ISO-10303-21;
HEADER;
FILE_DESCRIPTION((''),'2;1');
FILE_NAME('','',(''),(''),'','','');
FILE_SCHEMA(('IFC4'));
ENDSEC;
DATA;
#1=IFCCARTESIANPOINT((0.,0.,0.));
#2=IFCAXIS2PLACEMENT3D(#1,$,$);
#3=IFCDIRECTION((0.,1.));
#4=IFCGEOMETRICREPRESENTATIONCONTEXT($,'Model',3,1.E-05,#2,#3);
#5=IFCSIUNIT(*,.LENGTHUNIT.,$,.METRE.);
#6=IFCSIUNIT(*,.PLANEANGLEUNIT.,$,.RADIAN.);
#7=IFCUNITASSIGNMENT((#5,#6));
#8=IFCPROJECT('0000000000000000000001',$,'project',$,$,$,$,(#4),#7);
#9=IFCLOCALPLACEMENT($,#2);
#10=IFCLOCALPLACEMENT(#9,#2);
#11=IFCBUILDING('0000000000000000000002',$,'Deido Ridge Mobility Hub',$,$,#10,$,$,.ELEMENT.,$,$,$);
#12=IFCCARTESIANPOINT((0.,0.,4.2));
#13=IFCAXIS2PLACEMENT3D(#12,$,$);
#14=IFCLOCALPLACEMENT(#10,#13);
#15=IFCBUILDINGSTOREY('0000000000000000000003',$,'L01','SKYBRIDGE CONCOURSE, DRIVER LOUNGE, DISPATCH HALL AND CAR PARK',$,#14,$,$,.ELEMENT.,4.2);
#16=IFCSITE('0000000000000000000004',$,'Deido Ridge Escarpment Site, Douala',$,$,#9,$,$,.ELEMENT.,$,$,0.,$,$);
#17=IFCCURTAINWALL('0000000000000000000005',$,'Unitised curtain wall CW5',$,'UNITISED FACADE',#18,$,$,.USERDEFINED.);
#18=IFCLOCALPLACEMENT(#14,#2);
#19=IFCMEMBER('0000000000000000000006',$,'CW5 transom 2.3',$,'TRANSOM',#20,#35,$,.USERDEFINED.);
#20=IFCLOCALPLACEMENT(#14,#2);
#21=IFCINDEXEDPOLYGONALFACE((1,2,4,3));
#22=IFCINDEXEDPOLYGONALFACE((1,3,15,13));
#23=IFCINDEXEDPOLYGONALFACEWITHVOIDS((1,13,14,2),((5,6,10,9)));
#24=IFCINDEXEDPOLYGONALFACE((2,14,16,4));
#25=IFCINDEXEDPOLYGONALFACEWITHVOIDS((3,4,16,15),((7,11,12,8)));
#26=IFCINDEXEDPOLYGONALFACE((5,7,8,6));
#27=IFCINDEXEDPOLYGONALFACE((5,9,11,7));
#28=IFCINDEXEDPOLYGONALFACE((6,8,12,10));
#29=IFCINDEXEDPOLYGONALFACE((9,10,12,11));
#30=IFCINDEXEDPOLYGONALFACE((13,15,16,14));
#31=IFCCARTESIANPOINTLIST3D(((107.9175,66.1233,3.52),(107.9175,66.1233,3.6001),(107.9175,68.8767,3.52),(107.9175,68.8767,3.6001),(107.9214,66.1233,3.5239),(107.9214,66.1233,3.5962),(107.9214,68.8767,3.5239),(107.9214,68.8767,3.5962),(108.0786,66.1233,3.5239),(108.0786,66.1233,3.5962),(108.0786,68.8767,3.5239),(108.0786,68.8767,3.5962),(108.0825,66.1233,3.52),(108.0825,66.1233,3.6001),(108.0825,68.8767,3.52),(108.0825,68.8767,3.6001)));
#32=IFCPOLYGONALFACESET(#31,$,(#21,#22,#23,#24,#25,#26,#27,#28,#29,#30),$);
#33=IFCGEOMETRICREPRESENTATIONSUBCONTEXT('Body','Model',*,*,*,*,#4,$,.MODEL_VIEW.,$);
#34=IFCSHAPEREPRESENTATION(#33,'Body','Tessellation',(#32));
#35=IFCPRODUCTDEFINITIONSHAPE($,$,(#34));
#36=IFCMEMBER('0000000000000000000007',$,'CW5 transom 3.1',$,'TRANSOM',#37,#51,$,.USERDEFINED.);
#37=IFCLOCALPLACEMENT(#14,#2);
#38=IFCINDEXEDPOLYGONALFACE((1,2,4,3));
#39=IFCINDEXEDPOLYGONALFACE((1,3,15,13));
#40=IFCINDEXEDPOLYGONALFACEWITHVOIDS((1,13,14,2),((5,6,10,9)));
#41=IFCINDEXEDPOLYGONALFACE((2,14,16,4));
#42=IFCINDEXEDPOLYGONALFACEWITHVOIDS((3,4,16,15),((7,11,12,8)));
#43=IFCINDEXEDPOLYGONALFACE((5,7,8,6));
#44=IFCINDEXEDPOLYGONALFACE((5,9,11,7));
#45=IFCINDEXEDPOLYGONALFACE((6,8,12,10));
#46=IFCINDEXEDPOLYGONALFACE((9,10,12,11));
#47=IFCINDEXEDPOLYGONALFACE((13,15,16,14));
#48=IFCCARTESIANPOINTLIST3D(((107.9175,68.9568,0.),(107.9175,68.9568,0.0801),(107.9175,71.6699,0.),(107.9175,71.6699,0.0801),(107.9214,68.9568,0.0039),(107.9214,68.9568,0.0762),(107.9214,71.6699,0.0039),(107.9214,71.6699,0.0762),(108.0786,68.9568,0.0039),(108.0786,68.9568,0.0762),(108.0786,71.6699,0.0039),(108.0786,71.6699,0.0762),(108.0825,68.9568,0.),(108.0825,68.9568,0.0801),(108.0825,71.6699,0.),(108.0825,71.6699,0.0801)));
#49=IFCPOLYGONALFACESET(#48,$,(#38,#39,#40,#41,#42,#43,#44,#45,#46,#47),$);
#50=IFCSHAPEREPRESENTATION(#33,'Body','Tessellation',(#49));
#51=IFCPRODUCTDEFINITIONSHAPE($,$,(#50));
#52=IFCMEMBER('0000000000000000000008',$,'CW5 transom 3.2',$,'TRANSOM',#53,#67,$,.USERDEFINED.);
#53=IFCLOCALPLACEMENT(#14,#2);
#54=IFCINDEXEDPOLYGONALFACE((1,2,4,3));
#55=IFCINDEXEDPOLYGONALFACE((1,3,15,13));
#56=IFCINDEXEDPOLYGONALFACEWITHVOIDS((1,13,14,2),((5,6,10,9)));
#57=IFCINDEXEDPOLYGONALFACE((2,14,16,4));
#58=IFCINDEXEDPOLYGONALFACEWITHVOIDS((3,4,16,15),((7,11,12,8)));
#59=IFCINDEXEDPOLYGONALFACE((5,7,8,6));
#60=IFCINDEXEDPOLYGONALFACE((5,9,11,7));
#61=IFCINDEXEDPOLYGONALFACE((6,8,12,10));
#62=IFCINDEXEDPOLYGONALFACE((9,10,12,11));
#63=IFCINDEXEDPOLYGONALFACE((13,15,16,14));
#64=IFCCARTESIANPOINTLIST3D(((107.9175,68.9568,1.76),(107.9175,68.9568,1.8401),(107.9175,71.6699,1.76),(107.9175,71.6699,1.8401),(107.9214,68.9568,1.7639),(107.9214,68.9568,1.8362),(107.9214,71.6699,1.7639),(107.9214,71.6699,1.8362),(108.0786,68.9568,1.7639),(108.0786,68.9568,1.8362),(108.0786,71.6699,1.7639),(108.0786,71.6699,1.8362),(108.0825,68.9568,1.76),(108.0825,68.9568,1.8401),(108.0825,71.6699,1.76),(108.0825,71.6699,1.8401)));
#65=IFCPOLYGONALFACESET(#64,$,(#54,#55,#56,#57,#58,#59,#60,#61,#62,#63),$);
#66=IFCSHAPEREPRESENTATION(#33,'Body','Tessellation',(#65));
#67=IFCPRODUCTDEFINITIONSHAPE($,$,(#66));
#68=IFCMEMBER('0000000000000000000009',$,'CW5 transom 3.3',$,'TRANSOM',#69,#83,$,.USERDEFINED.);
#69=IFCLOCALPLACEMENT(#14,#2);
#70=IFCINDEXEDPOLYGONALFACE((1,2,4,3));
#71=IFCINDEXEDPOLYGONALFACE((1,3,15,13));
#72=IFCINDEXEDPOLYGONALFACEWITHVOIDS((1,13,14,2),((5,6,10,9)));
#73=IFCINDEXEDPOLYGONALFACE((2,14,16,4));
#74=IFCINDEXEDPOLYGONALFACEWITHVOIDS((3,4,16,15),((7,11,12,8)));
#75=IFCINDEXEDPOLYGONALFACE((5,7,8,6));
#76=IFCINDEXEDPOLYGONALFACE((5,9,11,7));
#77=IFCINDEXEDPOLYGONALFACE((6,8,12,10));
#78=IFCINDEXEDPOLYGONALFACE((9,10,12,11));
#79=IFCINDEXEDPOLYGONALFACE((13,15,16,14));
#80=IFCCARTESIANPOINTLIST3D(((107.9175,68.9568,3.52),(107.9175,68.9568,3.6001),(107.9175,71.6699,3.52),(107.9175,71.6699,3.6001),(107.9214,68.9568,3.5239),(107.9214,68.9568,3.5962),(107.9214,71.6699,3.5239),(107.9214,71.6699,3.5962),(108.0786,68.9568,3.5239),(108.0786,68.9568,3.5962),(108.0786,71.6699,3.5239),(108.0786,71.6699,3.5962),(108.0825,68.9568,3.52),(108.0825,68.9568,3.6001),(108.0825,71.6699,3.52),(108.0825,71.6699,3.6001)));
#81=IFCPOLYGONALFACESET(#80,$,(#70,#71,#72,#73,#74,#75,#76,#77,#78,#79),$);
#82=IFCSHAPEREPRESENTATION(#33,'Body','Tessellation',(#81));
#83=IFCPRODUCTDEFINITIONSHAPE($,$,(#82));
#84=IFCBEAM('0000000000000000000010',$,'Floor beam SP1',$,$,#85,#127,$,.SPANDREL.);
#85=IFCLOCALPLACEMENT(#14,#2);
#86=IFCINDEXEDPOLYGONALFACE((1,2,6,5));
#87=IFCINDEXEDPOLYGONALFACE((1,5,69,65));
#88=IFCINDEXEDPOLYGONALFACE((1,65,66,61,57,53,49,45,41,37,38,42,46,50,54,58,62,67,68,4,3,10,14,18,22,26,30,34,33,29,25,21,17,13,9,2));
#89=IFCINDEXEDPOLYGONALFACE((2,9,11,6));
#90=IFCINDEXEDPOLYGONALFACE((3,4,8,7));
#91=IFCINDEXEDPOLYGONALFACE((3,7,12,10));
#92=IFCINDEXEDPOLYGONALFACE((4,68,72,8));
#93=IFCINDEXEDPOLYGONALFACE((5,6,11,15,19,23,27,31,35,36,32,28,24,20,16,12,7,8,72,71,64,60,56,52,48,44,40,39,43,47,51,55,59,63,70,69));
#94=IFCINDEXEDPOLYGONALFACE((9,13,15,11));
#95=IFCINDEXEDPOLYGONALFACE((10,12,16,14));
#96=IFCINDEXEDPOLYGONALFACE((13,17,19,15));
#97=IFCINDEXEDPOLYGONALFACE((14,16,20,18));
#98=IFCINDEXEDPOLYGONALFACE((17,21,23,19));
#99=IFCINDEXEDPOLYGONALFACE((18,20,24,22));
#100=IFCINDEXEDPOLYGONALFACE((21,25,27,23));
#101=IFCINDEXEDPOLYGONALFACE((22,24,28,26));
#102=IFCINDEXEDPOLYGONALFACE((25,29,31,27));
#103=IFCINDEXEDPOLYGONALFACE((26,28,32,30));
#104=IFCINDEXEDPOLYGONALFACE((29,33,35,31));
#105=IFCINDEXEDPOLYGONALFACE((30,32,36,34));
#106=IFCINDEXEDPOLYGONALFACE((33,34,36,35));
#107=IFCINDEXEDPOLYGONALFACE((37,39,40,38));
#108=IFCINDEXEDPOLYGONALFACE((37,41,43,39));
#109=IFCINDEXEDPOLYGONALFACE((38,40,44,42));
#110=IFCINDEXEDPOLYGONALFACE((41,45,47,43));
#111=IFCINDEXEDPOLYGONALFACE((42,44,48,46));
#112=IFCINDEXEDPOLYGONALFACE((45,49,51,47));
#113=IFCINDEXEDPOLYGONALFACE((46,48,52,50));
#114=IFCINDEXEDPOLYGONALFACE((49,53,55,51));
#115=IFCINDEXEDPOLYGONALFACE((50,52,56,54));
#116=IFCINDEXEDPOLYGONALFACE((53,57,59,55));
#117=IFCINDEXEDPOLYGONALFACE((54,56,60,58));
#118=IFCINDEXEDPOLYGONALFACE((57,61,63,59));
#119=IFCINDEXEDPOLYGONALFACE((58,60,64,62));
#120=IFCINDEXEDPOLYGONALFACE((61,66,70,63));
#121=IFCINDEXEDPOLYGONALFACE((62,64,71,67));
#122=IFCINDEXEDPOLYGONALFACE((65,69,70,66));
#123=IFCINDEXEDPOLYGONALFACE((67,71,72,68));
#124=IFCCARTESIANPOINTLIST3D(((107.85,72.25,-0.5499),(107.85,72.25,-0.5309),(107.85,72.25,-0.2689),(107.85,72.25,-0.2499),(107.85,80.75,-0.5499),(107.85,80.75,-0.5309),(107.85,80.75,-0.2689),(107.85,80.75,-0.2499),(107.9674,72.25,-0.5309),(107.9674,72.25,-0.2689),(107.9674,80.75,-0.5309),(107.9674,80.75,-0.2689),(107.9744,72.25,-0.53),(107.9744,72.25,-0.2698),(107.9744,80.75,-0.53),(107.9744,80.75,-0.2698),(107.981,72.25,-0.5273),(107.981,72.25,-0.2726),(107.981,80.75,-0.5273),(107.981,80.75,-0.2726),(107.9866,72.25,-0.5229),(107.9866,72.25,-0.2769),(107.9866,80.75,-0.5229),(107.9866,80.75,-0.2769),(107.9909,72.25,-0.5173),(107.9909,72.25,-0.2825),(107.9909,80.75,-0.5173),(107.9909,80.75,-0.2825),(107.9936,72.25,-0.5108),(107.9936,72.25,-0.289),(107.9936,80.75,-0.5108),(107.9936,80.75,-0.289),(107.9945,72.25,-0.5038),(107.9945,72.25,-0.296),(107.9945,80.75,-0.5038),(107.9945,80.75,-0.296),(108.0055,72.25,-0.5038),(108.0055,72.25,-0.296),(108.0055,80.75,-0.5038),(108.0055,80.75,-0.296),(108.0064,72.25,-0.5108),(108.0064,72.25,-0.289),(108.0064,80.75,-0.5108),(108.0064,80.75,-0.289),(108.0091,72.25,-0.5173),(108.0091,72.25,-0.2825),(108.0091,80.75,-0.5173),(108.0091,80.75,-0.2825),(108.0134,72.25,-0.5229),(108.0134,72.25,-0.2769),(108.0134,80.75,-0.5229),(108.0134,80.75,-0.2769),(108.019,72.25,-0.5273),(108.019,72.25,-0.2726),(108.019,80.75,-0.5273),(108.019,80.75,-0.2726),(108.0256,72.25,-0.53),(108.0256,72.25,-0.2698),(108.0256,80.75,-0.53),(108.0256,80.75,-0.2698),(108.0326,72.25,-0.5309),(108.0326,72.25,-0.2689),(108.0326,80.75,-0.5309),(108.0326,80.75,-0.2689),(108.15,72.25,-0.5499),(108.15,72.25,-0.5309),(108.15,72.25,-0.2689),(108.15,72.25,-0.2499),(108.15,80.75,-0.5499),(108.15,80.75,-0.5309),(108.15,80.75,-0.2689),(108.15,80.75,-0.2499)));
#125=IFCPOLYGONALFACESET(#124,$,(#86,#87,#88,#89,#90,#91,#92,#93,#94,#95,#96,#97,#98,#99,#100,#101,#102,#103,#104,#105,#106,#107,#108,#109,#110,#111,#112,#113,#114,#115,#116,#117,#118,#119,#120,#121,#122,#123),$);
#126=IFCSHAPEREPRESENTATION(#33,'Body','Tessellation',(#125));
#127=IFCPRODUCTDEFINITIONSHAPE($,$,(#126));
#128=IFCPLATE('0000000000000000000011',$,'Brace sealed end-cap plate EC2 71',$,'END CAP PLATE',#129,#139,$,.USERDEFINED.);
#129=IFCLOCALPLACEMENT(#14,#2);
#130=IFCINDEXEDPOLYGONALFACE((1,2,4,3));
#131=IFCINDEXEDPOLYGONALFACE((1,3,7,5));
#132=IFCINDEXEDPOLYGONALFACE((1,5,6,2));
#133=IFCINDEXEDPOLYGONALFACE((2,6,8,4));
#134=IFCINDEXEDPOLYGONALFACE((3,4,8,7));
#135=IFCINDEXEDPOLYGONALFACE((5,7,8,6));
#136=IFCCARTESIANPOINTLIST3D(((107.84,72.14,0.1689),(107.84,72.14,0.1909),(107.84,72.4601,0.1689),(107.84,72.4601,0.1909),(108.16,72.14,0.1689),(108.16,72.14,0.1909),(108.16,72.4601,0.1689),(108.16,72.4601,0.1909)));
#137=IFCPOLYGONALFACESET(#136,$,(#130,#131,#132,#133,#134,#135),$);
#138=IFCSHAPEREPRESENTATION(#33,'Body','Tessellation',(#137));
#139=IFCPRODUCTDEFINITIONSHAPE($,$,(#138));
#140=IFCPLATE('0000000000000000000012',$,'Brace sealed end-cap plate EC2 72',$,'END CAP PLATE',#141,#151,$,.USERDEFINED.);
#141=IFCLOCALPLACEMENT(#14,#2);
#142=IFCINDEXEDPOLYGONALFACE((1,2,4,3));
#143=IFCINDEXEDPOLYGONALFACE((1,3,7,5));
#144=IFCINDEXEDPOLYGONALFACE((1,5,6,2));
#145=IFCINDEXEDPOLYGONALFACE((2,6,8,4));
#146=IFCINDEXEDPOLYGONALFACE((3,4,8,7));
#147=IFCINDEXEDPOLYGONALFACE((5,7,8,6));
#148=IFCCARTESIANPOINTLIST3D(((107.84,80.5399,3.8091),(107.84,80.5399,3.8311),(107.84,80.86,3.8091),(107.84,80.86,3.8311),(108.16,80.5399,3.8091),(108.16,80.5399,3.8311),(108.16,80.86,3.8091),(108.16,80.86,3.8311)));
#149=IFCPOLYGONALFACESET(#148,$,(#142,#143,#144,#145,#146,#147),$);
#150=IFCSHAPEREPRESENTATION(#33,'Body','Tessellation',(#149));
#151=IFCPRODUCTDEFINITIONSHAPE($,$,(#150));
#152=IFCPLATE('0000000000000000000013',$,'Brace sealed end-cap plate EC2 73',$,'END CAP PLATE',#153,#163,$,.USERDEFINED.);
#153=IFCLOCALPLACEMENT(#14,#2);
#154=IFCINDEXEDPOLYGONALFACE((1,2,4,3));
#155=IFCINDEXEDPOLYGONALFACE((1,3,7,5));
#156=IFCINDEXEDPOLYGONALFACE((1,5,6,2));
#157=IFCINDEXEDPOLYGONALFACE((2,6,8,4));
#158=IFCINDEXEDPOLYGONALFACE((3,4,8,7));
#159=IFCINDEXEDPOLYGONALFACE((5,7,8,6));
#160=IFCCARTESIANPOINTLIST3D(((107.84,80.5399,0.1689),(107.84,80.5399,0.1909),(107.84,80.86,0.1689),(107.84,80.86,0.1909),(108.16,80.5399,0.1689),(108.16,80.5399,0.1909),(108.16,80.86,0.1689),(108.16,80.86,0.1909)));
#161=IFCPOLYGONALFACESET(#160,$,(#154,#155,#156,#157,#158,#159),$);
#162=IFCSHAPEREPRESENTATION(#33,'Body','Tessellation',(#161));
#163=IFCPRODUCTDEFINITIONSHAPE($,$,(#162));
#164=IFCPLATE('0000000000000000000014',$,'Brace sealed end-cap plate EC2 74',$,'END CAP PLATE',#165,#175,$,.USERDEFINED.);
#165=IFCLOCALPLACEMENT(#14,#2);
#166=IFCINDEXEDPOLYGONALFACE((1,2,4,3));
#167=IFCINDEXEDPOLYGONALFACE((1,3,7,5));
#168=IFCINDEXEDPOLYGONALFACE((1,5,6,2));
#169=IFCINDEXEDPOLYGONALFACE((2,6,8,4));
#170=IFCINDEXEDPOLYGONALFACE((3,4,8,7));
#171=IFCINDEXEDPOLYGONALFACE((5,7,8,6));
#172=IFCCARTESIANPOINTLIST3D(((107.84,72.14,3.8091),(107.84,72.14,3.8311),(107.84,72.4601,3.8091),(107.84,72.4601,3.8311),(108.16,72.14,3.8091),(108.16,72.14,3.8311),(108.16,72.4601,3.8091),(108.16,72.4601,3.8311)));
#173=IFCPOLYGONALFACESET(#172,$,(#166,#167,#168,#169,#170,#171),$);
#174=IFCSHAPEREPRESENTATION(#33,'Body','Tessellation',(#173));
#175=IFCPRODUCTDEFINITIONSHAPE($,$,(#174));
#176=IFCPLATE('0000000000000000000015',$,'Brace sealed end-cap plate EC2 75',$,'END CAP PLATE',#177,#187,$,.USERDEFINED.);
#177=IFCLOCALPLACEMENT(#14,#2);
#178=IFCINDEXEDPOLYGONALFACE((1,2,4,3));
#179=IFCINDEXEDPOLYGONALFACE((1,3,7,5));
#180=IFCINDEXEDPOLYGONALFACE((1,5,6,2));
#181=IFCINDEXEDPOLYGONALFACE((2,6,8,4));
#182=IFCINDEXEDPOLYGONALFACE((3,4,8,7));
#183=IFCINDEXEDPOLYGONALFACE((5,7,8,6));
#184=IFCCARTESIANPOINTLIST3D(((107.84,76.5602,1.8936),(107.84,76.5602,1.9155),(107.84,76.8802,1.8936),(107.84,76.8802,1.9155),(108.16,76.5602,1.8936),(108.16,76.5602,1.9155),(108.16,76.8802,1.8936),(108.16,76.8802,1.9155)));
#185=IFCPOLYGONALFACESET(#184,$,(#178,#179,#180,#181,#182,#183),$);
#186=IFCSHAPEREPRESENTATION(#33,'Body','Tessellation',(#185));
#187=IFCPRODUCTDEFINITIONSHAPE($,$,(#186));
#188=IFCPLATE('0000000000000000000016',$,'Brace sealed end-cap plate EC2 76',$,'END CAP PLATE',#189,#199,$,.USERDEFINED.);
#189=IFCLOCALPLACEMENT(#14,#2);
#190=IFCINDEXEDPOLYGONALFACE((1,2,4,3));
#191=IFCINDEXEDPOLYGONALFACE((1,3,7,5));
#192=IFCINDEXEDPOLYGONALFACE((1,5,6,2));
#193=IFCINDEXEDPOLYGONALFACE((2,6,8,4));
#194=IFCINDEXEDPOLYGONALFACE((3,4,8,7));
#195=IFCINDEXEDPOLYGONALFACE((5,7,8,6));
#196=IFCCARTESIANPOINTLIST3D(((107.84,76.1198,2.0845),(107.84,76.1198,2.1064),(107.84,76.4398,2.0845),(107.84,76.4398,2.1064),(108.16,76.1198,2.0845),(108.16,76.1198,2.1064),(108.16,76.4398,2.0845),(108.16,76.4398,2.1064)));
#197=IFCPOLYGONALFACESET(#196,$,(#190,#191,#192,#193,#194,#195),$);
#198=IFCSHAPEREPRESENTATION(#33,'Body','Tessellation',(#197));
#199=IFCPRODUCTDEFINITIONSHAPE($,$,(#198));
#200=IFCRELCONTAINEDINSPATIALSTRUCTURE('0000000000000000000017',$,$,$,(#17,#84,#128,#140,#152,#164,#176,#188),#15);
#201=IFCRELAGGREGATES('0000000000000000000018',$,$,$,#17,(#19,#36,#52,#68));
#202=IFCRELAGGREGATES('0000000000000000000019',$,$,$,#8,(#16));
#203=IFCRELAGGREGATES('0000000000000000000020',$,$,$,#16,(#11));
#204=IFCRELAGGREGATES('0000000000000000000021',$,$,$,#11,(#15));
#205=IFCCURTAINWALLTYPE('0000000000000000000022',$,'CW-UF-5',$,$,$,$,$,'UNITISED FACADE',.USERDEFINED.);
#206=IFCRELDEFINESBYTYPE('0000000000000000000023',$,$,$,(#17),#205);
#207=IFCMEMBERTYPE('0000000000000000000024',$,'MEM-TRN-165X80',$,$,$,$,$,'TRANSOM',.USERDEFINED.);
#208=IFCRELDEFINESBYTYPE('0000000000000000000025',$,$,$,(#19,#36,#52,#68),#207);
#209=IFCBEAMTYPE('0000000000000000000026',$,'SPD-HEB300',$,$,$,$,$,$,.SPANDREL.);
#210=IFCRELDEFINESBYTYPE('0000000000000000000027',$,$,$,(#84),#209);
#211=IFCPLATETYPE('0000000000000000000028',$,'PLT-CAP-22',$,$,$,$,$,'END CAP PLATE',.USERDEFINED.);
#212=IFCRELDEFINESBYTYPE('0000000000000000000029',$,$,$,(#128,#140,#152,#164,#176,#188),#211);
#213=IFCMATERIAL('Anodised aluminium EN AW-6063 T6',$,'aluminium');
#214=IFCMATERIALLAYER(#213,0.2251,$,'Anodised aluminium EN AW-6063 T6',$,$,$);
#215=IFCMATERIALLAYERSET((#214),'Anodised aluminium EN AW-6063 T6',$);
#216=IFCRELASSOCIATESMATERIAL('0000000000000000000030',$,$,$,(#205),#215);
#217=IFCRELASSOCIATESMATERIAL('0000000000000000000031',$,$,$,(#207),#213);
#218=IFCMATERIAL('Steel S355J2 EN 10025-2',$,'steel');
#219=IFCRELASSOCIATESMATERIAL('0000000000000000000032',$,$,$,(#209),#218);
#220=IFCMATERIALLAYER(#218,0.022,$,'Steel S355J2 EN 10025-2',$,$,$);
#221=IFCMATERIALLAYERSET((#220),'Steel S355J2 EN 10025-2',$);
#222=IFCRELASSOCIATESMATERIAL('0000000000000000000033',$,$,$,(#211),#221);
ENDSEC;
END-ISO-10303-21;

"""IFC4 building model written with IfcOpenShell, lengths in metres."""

from ifc_helpers import new_model, si_unit, direction, frame, origin, origin_2d, place, context, subcontext, project, spatial, rectangle, hollow_rectangle, i_section, extrude, material, layer, layer_set, material_profile, profile_set, type_object, element, aggregate, save


model = new_model("IFC4")

# Units and contexts
model_context = context("Model", 3, precision=1e-05, world=origin(), true_north=direction((0.0, 1.0)))
body_context = subcontext(model_context, "Body", "Model", "MODEL_VIEW")
ifc_project = project(units=[si_unit("LENGTHUNIT", "METRE"), si_unit("PLANEANGLEUNIT", "RADIAN")], contexts=[model_context])

# Site, building, storey
site_placement = place(None, origin())
site = spatial("IfcSite", under=ifc_project, at=site_placement, Name="Deido Ridge Escarpment Site, Douala", CompositionType="ELEMENT", RefElevation=0.0)
building_placement = place(site_placement, origin())
building = spatial("IfcBuilding", under=site, at=building_placement, Name="Deido Ridge Mobility Hub", CompositionType="ELEMENT")
storey_placement = place(building_placement, frame((0.0, 0.0, 4.2)))
storey = spatial("IfcBuildingStorey", under=building, at=storey_placement, Name="L01", Description="SKYBRIDGE CONCOURSE, DRIVER LOUNGE, DISPATCH HALL AND CAR PARK", CompositionType="ELEMENT", Elevation=4.2)

# Shared definitions
ifc_material_1 = material(Name="Steel S355J2 EN 10025-2", Category="steel")

# Curtain wall, members
ifc_material_2 = material(Name="Anodised aluminium EN AW-6063 T6", Category="aluminium")
ifc_layer_1 = layer(ifc_material_2, 0.2251, Name="Anodised aluminium EN AW-6063 T6")
ifc_layer_set_1 = layer_set([ifc_layer_1], Name="Anodised aluminium EN AW-6063 T6")
curtain_wall_type = type_object("IfcCurtainWallType", Name="CW-UF-5", ElementType="UNITISED FACADE", PredefinedType="USERDEFINED", material=ifc_layer_set_1)
curtain_wall_placement = place(storey_placement, origin())
curtain_wall = element("IfcCurtainWall", 1, at=curtain_wall_placement, inside=storey, type_object=curtain_wall_type, Name="Unitised curtain wall CW5", ObjectType="UNITISED FACADE", PredefinedType="USERDEFINED")
ifc_material_profile_1 = material_profile(ifc_material_2, hollow_rectangle(XDim=0.165, YDim=0.0801, WallThickness=0.0039, at=origin_2d()), Name="RHS 165x80x4")
ifc_profile_set_1 = profile_set([ifc_material_profile_1], Name="Anodised aluminium EN AW-6063 T6")
member_type_1 = type_object("IfcMemberType", Name="MEM-TRN-165X80", ElementType="TRANSOM", PredefinedType="USERDEFINED", material=ifc_profile_set_1)
member_1_placement = place(storey_placement, frame((108.0, 66.1233, 3.5601), z_axis=(0.0, 1.0, 0.0), x_axis=(-1.0, 0.0, 0.0)))
member_1 = element("IfcMember", 2, at=member_1_placement, type_object=member_type_1, Name="CW5 transom 2.3", ObjectType="TRANSOM", PredefinedType="USERDEFINED", context=body_context, shape_type="SweptSolid", body=[
    extrude(hollow_rectangle(XDim=0.165, YDim=0.0801, WallThickness=0.0039, at=origin_2d()), origin(), (0.0, 0.0, 1.0), 2.7534),
])
member_2_placement = place(storey_placement, frame((108.0, 68.9568, 0.04), z_axis=(0.0, 1.0, 0.0), x_axis=(-1.0, 0.0, 0.0)))
member_2 = element("IfcMember", 3, at=member_2_placement, type_object=member_type_1, Name="CW5 transom 3.1", ObjectType="TRANSOM", PredefinedType="USERDEFINED", context=body_context, shape_type="SweptSolid", body=[
    extrude(hollow_rectangle(XDim=0.165, YDim=0.0801, WallThickness=0.0039, at=origin_2d()), origin(), (0.0, 0.0, 1.0), 2.7131),
])
member_3_placement = place(storey_placement, frame((108.0, 68.9568, 1.8), z_axis=(0.0, 1.0, 0.0), x_axis=(-1.0, 0.0, 0.0)))
member_3 = element("IfcMember", 4, at=member_3_placement, type_object=member_type_1, Name="CW5 transom 3.2", ObjectType="TRANSOM", PredefinedType="USERDEFINED", context=body_context, shape_type="SweptSolid", body=[
    extrude(hollow_rectangle(XDim=0.165, YDim=0.0801, WallThickness=0.0039, at=origin_2d()), origin(), (0.0, 0.0, 1.0), 2.7131),
])
member_4_placement = place(storey_placement, frame((108.0, 68.9568, 3.5601), z_axis=(0.0, 1.0, 0.0), x_axis=(-1.0, 0.0, 0.0)))
member_4 = element("IfcMember", 5, at=member_4_placement, type_object=member_type_1, Name="CW5 transom 3.3", ObjectType="TRANSOM", PredefinedType="USERDEFINED", context=body_context, shape_type="SweptSolid", body=[
    extrude(hollow_rectangle(XDim=0.165, YDim=0.0801, WallThickness=0.0039, at=origin_2d()), origin(), (0.0, 0.0, 1.0), 2.7131),
])

# Beam
ifc_material_profile_2 = material_profile(ifc_material_1, i_section(OverallWidth=0.3, OverallDepth=0.3, WebThickness=0.011, FlangeThickness=0.019, FilletRadius=0.0271, at=origin_2d()), Name="HEB 300")
ifc_profile_set_2 = profile_set([ifc_material_profile_2], Name="Steel S355J2 EN 10025-2")
beam_type = type_object("IfcBeamType", Name="SPD-HEB300", PredefinedType="SPANDREL", material=ifc_profile_set_2)
beam_placement = place(storey_placement, frame((108.0, 72.25, -0.3999), z_axis=(0.0, 1.0, 0.0), x_axis=(-1.0, 0.0, 0.0)))
element("IfcBeam", 6, at=beam_placement, inside=storey, type_object=beam_type, Name="Floor beam SP1", PredefinedType="SPANDREL", context=body_context, shape_type="SweptSolid", body=[
    extrude(i_section(OverallWidth=0.3, OverallDepth=0.3, WebThickness=0.011, FlangeThickness=0.019, FilletRadius=0.0271, at=origin_2d()), origin(), (0.0, 0.0, 1.0), 8.5),
])

# Plates
ifc_layer_2 = layer(ifc_material_1, 0.022, Name="Steel S355J2 EN 10025-2")
ifc_layer_set_2 = layer_set([ifc_layer_2], Name="Steel S355J2 EN 10025-2")
plate_type_1 = type_object("IfcPlateType", Name="PLT-CAP-22", ElementType="END CAP PLATE", PredefinedType="USERDEFINED", material=ifc_layer_set_2)
for number, where, z_axis, x_axis, name in (
    (7, (108.0, 72.3, 0.1689), (0.0, 0.0, 1.0), (1.0, 0.0, 0.0), "Brace sealed end-cap plate EC2 71"),
    (8, (108.0, 80.7, 3.8091), (0.0, 0.0, 1.0), (1.0, 0.0, 0.0), "Brace sealed end-cap plate EC2 72"),
    (9, (108.0, 80.7, 0.1689), (0.0, 0.0, 1.0), (1.0, 0.0, 0.0), "Brace sealed end-cap plate EC2 73"),
    (10, (108.0, 72.3, 3.8091), (0.0, 0.0, 1.0), (1.0, 0.0, 0.0), "Brace sealed end-cap plate EC2 74"),
    (11, (108.0, 76.7202, 1.8936), (0.0, 0.0, 1.0), (1.0, 0.0, 0.0), "Brace sealed end-cap plate EC2 75"),
    (12, (108.0, 76.2798, 2.0845), (0.0, 0.0, 1.0), (1.0, 0.0, 0.0), "Brace sealed end-cap plate EC2 76"),
):
    element("IfcPlate", number, at=place(storey_placement, frame(where, z_axis=z_axis, x_axis=x_axis)), inside=storey, type_object=plate_type_1, Name=name, ObjectType="END CAP PLATE", PredefinedType="USERDEFINED", context=body_context, shape_type="SweptSolid", body=[
        extrude(rectangle(XDim=0.3201, YDim=0.3201, at=origin_2d()), origin(), (0.0, 0.0, 1.0), 0.022),
    ])

aggregate(curtain_wall, [member_1, member_2, member_3, member_4])

save(model, "model.ifc")
